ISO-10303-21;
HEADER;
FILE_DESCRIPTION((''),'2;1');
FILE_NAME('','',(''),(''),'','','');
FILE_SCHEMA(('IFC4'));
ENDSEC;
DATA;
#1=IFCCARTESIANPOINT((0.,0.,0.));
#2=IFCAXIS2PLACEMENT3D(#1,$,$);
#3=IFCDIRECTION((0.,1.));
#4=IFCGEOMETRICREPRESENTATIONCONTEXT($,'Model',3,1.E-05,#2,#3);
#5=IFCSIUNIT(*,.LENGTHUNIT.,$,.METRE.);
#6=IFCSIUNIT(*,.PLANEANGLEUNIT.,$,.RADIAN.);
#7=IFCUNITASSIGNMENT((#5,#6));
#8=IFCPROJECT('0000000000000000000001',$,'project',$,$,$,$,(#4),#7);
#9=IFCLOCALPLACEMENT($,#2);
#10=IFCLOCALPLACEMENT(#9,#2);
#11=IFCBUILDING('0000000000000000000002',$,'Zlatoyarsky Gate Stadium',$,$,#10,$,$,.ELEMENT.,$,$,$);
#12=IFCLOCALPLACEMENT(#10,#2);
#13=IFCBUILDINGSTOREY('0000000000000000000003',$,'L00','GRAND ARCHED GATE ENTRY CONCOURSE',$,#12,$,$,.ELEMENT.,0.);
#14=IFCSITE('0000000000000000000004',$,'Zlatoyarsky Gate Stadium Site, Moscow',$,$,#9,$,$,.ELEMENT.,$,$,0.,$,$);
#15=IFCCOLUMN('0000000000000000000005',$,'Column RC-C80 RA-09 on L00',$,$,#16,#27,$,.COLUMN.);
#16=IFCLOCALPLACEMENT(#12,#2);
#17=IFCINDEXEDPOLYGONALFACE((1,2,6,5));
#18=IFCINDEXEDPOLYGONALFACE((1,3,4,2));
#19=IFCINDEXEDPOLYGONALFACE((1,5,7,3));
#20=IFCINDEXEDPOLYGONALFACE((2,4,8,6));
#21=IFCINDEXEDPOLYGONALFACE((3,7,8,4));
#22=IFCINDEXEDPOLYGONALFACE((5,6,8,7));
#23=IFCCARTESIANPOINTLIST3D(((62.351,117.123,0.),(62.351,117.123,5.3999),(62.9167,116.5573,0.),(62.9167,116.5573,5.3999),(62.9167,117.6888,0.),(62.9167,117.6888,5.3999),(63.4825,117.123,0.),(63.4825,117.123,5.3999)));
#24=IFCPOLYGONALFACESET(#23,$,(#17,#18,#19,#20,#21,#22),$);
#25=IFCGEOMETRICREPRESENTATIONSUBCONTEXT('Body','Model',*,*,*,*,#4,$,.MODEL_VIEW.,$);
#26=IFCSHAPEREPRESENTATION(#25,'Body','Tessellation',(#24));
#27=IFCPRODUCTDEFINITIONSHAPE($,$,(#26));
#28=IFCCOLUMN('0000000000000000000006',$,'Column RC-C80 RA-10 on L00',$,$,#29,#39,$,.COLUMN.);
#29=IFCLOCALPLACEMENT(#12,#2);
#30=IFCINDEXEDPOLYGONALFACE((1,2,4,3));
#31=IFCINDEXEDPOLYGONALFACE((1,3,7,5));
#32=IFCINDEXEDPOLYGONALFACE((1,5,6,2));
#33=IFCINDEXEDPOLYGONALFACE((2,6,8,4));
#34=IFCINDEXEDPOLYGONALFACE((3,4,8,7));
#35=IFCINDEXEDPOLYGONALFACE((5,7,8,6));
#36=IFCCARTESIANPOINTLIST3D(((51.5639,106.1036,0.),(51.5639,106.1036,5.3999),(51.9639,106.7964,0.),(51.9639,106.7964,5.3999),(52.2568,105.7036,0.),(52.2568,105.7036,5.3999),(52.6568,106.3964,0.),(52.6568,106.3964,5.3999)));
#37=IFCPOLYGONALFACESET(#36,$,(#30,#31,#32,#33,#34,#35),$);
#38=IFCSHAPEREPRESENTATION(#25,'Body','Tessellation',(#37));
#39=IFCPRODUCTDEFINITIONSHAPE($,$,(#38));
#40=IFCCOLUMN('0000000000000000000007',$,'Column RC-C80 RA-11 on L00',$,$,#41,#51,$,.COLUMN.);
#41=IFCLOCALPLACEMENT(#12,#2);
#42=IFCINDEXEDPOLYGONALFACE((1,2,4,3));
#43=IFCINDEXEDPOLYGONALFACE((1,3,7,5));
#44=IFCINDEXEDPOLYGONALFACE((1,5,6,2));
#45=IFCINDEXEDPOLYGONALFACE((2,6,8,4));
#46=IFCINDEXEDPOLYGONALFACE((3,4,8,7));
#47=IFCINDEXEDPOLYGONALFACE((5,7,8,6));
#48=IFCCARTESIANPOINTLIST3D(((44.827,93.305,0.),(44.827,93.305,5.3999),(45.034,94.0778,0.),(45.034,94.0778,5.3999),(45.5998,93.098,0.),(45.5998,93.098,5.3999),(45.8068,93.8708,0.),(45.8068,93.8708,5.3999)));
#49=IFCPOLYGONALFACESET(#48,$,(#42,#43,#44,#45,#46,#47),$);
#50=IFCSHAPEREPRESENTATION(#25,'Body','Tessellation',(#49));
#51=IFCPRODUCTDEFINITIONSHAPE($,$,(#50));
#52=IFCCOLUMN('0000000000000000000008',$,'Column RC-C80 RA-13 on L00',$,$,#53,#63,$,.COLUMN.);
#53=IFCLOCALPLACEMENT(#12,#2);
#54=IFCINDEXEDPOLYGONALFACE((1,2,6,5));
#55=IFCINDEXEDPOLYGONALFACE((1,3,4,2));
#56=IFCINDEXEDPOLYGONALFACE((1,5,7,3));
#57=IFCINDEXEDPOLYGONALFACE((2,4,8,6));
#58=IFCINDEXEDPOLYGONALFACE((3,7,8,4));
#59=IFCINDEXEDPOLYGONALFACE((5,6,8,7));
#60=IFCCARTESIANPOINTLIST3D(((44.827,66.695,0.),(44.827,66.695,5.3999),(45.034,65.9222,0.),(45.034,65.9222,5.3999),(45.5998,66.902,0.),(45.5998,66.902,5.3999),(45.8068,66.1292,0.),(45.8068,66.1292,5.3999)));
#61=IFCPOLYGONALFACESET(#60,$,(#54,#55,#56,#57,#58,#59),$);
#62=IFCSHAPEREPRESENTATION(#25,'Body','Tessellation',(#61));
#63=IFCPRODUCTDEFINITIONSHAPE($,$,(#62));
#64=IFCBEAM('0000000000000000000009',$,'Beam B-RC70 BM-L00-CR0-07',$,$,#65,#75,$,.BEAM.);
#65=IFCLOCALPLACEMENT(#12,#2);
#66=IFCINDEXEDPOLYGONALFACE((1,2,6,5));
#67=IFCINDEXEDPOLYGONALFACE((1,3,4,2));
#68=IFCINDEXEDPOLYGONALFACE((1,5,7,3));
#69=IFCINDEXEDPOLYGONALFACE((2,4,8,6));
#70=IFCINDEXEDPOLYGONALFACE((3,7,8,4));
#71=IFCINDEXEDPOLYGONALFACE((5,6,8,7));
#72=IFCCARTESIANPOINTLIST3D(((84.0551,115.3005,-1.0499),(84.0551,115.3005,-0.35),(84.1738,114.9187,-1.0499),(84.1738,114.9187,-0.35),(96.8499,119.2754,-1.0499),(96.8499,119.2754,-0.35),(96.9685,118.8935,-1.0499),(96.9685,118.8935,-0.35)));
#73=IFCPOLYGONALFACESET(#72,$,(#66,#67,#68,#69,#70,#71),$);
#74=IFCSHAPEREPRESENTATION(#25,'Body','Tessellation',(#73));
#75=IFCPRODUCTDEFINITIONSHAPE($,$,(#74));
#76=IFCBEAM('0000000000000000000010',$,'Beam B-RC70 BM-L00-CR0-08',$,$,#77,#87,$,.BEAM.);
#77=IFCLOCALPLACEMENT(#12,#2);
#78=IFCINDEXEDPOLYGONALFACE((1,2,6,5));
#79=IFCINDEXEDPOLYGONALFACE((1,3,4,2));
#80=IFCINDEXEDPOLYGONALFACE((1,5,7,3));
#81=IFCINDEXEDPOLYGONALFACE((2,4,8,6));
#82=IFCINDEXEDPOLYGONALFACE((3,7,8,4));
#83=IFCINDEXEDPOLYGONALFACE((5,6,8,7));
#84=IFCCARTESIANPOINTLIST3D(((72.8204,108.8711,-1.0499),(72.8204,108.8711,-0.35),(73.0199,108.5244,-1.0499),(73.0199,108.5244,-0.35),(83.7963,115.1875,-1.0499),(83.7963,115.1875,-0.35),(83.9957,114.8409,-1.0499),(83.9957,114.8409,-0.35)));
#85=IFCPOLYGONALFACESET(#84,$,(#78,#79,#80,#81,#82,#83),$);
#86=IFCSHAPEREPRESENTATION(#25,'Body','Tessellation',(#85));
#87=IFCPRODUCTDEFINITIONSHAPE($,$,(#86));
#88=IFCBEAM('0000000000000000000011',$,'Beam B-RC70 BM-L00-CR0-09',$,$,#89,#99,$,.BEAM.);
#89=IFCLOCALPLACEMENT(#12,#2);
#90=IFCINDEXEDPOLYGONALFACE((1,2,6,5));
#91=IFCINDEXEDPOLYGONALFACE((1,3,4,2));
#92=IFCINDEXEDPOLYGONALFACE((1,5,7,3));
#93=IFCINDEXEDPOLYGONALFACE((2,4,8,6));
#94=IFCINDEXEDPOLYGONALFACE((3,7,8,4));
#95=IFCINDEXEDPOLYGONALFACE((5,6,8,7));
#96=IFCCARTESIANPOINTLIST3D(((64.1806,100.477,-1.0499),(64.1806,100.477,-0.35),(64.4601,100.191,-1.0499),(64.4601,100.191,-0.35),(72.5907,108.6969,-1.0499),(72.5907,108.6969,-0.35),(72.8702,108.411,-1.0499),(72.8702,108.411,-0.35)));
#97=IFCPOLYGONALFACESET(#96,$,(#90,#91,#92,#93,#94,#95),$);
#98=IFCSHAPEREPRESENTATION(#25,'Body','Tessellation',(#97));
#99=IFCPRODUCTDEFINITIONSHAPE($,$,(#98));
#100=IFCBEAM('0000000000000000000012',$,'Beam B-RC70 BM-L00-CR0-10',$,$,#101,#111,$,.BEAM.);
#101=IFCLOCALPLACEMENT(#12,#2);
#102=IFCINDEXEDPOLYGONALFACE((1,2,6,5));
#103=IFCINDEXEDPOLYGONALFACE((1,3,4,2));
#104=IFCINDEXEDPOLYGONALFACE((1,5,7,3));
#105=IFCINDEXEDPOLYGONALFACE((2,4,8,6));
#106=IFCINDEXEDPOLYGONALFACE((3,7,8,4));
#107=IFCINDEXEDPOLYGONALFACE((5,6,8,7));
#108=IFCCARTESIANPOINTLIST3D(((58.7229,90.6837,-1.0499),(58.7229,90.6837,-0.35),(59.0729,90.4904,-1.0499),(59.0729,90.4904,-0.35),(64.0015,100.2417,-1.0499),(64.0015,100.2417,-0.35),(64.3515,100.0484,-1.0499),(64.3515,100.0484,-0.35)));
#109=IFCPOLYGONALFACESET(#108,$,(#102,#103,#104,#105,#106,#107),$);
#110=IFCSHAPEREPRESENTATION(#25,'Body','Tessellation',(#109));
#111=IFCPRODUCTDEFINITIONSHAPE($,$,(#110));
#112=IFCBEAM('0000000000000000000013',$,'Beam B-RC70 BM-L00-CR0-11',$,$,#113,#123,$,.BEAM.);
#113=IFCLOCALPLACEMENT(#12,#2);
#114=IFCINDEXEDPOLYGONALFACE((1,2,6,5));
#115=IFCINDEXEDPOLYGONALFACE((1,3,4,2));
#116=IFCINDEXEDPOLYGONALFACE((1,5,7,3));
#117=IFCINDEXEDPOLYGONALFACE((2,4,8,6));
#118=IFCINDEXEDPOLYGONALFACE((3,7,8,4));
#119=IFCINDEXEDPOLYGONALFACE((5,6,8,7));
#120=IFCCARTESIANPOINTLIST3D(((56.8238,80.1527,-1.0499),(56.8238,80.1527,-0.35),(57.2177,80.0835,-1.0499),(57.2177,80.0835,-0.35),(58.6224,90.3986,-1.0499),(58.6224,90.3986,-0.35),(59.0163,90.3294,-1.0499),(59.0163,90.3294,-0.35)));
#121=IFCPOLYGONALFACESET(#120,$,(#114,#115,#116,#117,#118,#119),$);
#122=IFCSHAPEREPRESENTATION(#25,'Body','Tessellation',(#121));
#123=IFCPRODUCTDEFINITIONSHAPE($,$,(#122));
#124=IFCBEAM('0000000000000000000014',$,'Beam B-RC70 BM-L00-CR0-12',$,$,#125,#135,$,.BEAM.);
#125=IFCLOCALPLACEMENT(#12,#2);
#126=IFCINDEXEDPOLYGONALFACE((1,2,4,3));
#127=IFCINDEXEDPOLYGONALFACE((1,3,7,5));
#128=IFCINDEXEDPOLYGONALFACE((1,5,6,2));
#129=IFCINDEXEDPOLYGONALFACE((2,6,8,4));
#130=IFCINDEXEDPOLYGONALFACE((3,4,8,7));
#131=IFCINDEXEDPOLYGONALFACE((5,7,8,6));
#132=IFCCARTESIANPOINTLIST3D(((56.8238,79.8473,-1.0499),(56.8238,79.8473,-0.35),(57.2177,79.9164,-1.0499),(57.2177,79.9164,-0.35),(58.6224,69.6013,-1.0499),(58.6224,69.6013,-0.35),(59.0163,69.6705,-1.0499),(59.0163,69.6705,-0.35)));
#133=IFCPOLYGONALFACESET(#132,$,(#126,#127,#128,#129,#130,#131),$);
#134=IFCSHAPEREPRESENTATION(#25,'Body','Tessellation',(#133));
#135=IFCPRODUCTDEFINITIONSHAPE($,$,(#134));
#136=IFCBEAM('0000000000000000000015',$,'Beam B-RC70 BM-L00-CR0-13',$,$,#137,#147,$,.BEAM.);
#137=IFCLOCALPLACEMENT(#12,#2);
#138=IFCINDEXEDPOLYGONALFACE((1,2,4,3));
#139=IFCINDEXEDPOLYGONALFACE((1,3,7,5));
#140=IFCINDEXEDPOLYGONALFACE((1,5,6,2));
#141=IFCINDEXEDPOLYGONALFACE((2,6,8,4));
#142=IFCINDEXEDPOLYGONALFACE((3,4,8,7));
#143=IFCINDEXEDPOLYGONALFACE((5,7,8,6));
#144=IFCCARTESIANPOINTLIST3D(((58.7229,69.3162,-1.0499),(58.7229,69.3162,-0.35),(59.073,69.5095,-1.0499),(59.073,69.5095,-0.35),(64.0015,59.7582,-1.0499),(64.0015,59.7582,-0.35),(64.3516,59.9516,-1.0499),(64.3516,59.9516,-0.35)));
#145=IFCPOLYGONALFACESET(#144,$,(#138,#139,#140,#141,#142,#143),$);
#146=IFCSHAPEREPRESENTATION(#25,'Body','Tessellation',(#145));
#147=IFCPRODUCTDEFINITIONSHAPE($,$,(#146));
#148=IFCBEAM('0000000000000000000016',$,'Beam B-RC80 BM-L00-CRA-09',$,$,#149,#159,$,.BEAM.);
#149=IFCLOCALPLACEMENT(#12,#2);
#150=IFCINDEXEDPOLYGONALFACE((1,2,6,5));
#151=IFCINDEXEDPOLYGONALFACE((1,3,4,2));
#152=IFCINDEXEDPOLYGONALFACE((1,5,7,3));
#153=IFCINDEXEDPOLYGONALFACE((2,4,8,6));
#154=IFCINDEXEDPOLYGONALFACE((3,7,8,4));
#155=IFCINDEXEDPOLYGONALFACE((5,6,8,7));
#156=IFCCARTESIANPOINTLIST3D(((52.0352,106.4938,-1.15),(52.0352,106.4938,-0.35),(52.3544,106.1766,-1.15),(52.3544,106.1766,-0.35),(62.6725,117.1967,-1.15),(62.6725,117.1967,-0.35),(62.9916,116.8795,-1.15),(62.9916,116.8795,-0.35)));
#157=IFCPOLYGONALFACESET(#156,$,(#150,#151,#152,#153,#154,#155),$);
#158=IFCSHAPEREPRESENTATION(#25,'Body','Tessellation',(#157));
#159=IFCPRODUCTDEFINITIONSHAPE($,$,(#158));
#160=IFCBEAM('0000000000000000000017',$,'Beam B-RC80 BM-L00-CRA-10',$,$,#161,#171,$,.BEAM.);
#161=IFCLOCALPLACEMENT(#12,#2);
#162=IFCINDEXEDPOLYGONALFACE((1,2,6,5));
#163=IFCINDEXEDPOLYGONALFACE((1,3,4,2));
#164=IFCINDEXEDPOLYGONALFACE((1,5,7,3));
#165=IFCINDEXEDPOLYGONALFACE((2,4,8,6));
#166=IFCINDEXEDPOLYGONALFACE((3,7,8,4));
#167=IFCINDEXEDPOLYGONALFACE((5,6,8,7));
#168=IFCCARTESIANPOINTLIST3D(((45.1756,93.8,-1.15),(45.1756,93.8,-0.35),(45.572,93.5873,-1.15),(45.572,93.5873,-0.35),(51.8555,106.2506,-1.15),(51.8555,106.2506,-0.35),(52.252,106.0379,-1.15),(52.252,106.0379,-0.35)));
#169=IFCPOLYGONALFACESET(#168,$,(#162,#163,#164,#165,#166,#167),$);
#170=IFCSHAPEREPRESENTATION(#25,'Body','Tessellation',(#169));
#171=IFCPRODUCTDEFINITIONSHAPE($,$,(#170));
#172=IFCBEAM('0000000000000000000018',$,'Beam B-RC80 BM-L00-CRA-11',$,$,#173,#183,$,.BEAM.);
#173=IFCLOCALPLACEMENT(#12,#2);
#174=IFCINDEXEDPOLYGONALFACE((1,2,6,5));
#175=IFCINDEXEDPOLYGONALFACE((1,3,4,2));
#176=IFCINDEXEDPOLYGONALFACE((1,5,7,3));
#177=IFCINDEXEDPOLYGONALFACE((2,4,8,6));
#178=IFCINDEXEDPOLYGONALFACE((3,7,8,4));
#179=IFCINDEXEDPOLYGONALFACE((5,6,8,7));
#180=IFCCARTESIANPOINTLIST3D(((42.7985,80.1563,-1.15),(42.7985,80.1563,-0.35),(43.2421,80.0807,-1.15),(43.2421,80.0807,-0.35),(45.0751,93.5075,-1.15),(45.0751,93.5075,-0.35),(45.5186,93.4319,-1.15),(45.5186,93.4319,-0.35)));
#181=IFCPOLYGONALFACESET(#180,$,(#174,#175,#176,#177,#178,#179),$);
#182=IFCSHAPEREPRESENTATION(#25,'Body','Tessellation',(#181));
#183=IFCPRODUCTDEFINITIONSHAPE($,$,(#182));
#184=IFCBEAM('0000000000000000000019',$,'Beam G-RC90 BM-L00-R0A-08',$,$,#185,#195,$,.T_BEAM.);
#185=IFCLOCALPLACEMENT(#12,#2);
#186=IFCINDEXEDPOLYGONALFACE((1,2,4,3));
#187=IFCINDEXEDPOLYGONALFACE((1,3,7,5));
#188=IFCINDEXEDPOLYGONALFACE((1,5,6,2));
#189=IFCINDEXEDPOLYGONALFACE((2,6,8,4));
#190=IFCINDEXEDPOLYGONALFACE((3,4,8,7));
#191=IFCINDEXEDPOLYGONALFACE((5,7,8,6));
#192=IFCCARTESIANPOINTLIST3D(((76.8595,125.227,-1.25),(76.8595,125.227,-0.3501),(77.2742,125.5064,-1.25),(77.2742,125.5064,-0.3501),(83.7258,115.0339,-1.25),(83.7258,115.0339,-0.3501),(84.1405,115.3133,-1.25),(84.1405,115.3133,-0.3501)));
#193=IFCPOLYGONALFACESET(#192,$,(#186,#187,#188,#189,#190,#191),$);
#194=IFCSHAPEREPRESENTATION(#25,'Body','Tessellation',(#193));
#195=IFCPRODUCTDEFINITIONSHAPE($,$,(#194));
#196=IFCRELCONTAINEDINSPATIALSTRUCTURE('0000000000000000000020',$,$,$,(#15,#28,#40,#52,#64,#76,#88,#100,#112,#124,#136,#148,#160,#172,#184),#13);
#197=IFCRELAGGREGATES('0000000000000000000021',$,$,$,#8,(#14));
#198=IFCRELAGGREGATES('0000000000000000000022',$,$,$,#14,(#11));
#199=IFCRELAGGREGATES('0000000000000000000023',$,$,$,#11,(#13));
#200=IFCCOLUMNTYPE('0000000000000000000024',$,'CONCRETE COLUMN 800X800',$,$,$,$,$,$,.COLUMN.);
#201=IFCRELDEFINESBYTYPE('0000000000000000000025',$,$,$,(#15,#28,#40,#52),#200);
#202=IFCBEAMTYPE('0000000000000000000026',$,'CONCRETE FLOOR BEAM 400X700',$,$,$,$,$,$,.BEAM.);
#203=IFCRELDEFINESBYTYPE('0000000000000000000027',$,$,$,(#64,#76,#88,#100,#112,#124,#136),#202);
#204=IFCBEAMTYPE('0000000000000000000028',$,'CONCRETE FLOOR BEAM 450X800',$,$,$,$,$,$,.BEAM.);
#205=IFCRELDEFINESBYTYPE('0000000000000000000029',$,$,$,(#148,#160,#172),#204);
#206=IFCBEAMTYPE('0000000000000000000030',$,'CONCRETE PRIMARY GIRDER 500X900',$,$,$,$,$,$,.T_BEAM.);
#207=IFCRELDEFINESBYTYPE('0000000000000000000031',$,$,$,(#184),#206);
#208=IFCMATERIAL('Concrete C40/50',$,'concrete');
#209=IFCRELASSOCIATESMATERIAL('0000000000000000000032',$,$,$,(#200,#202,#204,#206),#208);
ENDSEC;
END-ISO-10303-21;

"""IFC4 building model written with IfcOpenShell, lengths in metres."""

from ifc_helpers import new_model, si_unit, direction, frame, origin, origin_2d, place, context, subcontext, project, spatial, rectangle, extrude, material, material_profile, profile_set, type_object, element, save


model = new_model("IFC4")

# Units and contexts
model_context = context("Model", 3, precision=1e-05, world=origin(), true_north=direction((0.0, 1.0)))
body_context = subcontext(model_context, "Body", "Model", "MODEL_VIEW")
ifc_project = project(units=[si_unit("LENGTHUNIT", "METRE"), si_unit("PLANEANGLEUNIT", "RADIAN")], contexts=[model_context])

# Site, building, storey
site_placement = place(None, origin())
site = spatial("IfcSite", under=ifc_project, at=site_placement, Name="Zlatoyarsky Gate Stadium Site, Moscow", CompositionType="ELEMENT", RefElevation=0.0)
building_placement = place(site_placement, origin())
building = spatial("IfcBuilding", under=site, at=building_placement, Name="Zlatoyarsky Gate Stadium", CompositionType="ELEMENT")
storey_placement = place(building_placement, origin())
storey = spatial("IfcBuildingStorey", under=building, at=storey_placement, Name="L00", Description="GRAND ARCHED GATE ENTRY CONCOURSE", CompositionType="ELEMENT", Elevation=0.0)

# Columns
ifc_material_1 = material(Name="Concrete C40/50", Category="concrete")
ifc_material_profile_1 = material_profile(ifc_material_1, rectangle(XDim=0.8, YDim=0.8, at=origin_2d()), Name="RC COL 800X800")
ifc_profile_set_1 = profile_set([ifc_material_profile_1], Name="Concrete C40/50")
column_type = type_object("IfcColumnType", Name="CONCRETE COLUMN 800X800", PredefinedType="COLUMN", material=ifc_profile_set_1)
for number, where, z_axis, x_axis, name in (
    (1, (62.9167, 117.123, 0.0), (0.0, 0.0, 1.0), (-0.707107, 0.707107, 0.0), "Column RC-C80 RA-09 on L00"),
    (2, (52.1104, 106.25, 0.0), (0.0, 0.0, 1.0), (-0.866025, 0.5, 0.0), "Column RC-C80 RA-10 on L00"),
    (3, (45.3169, 93.5879, 0.0), (0.0, 0.0, 1.0), (-0.965926, 0.258819, 0.0), "Column RC-C80 RA-11 on L00"),
    (4, (45.3169, 66.4121, 0.0), (0.0, 0.0, 1.0), (-0.965926, -0.258819, 0.0), "Column RC-C80 RA-13 on L00"),
):
    element("IfcColumn", number, at=place(storey_placement, frame(where, z_axis=z_axis, x_axis=x_axis)), inside=storey, type_object=column_type, Name=name, PredefinedType="COLUMN", context=body_context, shape_type="SweptSolid", body=[
        extrude(rectangle(XDim=0.8, YDim=0.8, at=origin_2d()), origin(), (0.0, 0.0, 1.0), 5.3999),
    ])

# Beams
ifc_material_profile_2 = material_profile(ifc_material_1, rectangle(XDim=0.3999, YDim=0.7, at=origin_2d()), Name="RC BEAM 400X700")
ifc_profile_set_2 = profile_set([ifc_material_profile_2], Name="Concrete C40/50")
beam_type_1 = type_object("IfcBeamType", Name="CONCRETE FLOOR BEAM 400X700", PredefinedType="BEAM", material=ifc_profile_set_2)
beam_1_placement = place(storey_placement, frame((96.9092, 119.0845, -0.7), z_axis=(-0.954978, -0.296678, 0.0), x_axis=(0.296678, -0.954978, 0.0)))
element("IfcBeam", 5, at=beam_1_placement, inside=storey, type_object=beam_type_1, Name="Beam B-RC70 BM-L00-CR0-07", PredefinedType="BEAM", context=body_context, shape_type="SweptSolid", body=[
    extrude(rectangle(XDim=0.3999, YDim=0.7, at=origin_2d()), origin(), (0.0, 0.0, 1.0), 13.3979),
])
beam_2_placement = place(storey_placement, frame((83.896, 115.0142, -0.7), z_axis=(-0.866725, -0.498786, 0.0), x_axis=(0.498786, -0.866725, 0.0)))
element("IfcBeam", 6, at=beam_2_placement, inside=storey, type_object=beam_type_1, Name="Beam B-RC70 BM-L00-CR0-08", PredefinedType="BEAM", context=body_context, shape_type="SweptSolid", body=[
    extrude(rectangle(XDim=0.3999, YDim=0.7, at=origin_2d()), origin(), (0.0, 0.0, 1.0), 12.6636),
])
beam_3_placement = place(storey_placement, frame((72.7305, 108.554, -0.7), z_axis=(-0.715147, -0.698974, 0.0), x_axis=(0.698974, -0.715147, 0.0)))
element("IfcBeam", 7, at=beam_3_placement, inside=storey, type_object=beam_type_1, Name="Beam B-RC70 BM-L00-CR0-09", PredefinedType="BEAM", context=body_context, shape_type="SweptSolid", body=[
    extrude(rectangle(XDim=0.3999, YDim=0.7, at=origin_2d()), origin(), (0.0, 0.0, 1.0), 11.76),
])
beam_4_placement = place(storey_placement, frame((64.1765, 100.145, -0.7), z_axis=(-0.483447, -0.875374, 0.0), x_axis=(0.875374, -0.483447, 0.0)))
element("IfcBeam", 8, at=beam_4_placement, inside=storey, type_object=beam_type_1, Name="Beam B-RC70 BM-L00-CR0-10", PredefinedType="BEAM", context=body_context, shape_type="SweptSolid", body=[
    extrude(rectangle(XDim=0.3999, YDim=0.7, at=origin_2d()), origin(), (0.0, 0.0, 1.0), 10.9187),
])
for number, where, z_axis, x_axis, name in (
    (9, (58.8193, 90.364, -0.7), (-0.172899, -0.98494, 0.0), (0.98494, -0.172899, 0.0), "Beam B-RC70 BM-L00-CR0-11"),
    (10, (57.0208, 79.8818, -0.7), (0.172899, -0.98494, 0.0), (0.98494, 0.172899, 0.0), "Beam B-RC70 BM-L00-CR0-12"),
):
    element("IfcBeam", number, at=place(storey_placement, frame(where, z_axis=z_axis, x_axis=x_axis)), inside=storey, type_object=beam_type_1, Name=name, PredefinedType="BEAM", context=body_context, shape_type="SweptSolid", body=[
        extrude(rectangle(XDim=0.3999, YDim=0.7, at=origin_2d()), origin(), (0.0, 0.0, 1.0), 10.4026),
    ])
beam_5_placement = place(storey_placement, frame((58.8979, 69.4128, -0.7), z_axis=(0.483447, -0.875374, 0.0), x_axis=(0.875374, 0.483447, 0.0)))
element("IfcBeam", 11, at=beam_5_placement, inside=storey, type_object=beam_type_1, Name="Beam B-RC70 BM-L00-CR0-13", PredefinedType="BEAM", context=body_context, shape_type="SweptSolid", body=[
    extrude(rectangle(XDim=0.3999, YDim=0.7, at=origin_2d()), origin(), (0.0, 0.0, 1.0), 10.9187),
])
ifc_material_profile_3 = material_profile(ifc_material_1, rectangle(XDim=0.45, YDim=0.8, at=origin_2d()), Name="RC BEAM 450X800")
ifc_profile_set_3 = profile_set([ifc_material_profile_3], Name="Concrete C40/50")
beam_type_2 = type_object("IfcBeamType", Name="CONCRETE FLOOR BEAM 450X800", PredefinedType="BEAM", material=ifc_profile_set_3)
beam_6_placement = place(storey_placement, frame((62.832, 117.0381, -0.75), z_axis=(-0.704927, -0.70928, 0.0), x_axis=(0.70928, -0.704927, 0.0)))
element("IfcBeam", 12, at=beam_6_placement, inside=storey, type_object=beam_type_2, Name="Beam B-RC80 BM-L00-CRA-09", PredefinedType="BEAM", context=body_context, shape_type="SweptSolid", body=[
    extrude(rectangle(XDim=0.45, YDim=0.8, at=origin_2d()), origin(), (0.0, 0.0, 1.0), 15.0898),
])
beam_7_placement = place(storey_placement, frame((52.0537, 106.1443, -0.75), z_axis=(-0.472767, -0.881187, 0.0), x_axis=(0.881187, -0.472767, 0.0)))
element("IfcBeam", 13, at=beam_7_placement, inside=storey, type_object=beam_type_2, Name="Beam B-RC80 BM-L00-CRA-10", PredefinedType="BEAM", context=body_context, shape_type="SweptSolid", body=[
    extrude(rectangle(XDim=0.45, YDim=0.8, at=origin_2d()), origin(), (0.0, 0.0, 1.0), 14.1294),
])
beam_8_placement = place(storey_placement, frame((45.2969, 93.4697, -0.75), z_axis=(-0.16809, -0.985772, 0.0), x_axis=(0.985772, -0.16809, 0.0)))
element("IfcBeam", 14, at=beam_8_placement, inside=storey, type_object=beam_type_2, Name="Beam B-RC80 BM-L00-CRA-11", PredefinedType="BEAM", context=body_context, shape_type="SweptSolid", body=[
    extrude(rectangle(XDim=0.45, YDim=0.8, at=origin_2d()), origin(), (0.0, 0.0, 1.0), 13.5439),
])
ifc_material_profile_4 = material_profile(ifc_material_1, rectangle(XDim=0.5, YDim=0.8999, at=origin_2d()), Name="RC GIRDER 500X900")
ifc_profile_set_4 = profile_set([ifc_material_profile_4], Name="Concrete C40/50")
beam_type_3 = type_object("IfcBeamType", Name="CONCRETE PRIMARY GIRDER 500X900", PredefinedType="T_BEAM", material=ifc_profile_set_4)
beam_9_placement = place(storey_placement, frame((83.9331, 115.1736, -0.8), z_axis=(-0.558682, 0.829382, 0.0), x_axis=(-0.829382, -0.558682, 0.0)))
element("IfcBeam", 15, at=beam_9_placement, inside=storey, type_object=beam_type_3, Name="Beam G-RC90 BM-L00-R0A-08", PredefinedType="T_BEAM", context=body_context, shape_type="SweptSolid", body=[
    extrude(rectangle(XDim=0.5, YDim=0.8999, at=origin_2d()), origin(), (0.0, 0.0, 1.0), 12.29),
])

save(model, "model.ifc")
